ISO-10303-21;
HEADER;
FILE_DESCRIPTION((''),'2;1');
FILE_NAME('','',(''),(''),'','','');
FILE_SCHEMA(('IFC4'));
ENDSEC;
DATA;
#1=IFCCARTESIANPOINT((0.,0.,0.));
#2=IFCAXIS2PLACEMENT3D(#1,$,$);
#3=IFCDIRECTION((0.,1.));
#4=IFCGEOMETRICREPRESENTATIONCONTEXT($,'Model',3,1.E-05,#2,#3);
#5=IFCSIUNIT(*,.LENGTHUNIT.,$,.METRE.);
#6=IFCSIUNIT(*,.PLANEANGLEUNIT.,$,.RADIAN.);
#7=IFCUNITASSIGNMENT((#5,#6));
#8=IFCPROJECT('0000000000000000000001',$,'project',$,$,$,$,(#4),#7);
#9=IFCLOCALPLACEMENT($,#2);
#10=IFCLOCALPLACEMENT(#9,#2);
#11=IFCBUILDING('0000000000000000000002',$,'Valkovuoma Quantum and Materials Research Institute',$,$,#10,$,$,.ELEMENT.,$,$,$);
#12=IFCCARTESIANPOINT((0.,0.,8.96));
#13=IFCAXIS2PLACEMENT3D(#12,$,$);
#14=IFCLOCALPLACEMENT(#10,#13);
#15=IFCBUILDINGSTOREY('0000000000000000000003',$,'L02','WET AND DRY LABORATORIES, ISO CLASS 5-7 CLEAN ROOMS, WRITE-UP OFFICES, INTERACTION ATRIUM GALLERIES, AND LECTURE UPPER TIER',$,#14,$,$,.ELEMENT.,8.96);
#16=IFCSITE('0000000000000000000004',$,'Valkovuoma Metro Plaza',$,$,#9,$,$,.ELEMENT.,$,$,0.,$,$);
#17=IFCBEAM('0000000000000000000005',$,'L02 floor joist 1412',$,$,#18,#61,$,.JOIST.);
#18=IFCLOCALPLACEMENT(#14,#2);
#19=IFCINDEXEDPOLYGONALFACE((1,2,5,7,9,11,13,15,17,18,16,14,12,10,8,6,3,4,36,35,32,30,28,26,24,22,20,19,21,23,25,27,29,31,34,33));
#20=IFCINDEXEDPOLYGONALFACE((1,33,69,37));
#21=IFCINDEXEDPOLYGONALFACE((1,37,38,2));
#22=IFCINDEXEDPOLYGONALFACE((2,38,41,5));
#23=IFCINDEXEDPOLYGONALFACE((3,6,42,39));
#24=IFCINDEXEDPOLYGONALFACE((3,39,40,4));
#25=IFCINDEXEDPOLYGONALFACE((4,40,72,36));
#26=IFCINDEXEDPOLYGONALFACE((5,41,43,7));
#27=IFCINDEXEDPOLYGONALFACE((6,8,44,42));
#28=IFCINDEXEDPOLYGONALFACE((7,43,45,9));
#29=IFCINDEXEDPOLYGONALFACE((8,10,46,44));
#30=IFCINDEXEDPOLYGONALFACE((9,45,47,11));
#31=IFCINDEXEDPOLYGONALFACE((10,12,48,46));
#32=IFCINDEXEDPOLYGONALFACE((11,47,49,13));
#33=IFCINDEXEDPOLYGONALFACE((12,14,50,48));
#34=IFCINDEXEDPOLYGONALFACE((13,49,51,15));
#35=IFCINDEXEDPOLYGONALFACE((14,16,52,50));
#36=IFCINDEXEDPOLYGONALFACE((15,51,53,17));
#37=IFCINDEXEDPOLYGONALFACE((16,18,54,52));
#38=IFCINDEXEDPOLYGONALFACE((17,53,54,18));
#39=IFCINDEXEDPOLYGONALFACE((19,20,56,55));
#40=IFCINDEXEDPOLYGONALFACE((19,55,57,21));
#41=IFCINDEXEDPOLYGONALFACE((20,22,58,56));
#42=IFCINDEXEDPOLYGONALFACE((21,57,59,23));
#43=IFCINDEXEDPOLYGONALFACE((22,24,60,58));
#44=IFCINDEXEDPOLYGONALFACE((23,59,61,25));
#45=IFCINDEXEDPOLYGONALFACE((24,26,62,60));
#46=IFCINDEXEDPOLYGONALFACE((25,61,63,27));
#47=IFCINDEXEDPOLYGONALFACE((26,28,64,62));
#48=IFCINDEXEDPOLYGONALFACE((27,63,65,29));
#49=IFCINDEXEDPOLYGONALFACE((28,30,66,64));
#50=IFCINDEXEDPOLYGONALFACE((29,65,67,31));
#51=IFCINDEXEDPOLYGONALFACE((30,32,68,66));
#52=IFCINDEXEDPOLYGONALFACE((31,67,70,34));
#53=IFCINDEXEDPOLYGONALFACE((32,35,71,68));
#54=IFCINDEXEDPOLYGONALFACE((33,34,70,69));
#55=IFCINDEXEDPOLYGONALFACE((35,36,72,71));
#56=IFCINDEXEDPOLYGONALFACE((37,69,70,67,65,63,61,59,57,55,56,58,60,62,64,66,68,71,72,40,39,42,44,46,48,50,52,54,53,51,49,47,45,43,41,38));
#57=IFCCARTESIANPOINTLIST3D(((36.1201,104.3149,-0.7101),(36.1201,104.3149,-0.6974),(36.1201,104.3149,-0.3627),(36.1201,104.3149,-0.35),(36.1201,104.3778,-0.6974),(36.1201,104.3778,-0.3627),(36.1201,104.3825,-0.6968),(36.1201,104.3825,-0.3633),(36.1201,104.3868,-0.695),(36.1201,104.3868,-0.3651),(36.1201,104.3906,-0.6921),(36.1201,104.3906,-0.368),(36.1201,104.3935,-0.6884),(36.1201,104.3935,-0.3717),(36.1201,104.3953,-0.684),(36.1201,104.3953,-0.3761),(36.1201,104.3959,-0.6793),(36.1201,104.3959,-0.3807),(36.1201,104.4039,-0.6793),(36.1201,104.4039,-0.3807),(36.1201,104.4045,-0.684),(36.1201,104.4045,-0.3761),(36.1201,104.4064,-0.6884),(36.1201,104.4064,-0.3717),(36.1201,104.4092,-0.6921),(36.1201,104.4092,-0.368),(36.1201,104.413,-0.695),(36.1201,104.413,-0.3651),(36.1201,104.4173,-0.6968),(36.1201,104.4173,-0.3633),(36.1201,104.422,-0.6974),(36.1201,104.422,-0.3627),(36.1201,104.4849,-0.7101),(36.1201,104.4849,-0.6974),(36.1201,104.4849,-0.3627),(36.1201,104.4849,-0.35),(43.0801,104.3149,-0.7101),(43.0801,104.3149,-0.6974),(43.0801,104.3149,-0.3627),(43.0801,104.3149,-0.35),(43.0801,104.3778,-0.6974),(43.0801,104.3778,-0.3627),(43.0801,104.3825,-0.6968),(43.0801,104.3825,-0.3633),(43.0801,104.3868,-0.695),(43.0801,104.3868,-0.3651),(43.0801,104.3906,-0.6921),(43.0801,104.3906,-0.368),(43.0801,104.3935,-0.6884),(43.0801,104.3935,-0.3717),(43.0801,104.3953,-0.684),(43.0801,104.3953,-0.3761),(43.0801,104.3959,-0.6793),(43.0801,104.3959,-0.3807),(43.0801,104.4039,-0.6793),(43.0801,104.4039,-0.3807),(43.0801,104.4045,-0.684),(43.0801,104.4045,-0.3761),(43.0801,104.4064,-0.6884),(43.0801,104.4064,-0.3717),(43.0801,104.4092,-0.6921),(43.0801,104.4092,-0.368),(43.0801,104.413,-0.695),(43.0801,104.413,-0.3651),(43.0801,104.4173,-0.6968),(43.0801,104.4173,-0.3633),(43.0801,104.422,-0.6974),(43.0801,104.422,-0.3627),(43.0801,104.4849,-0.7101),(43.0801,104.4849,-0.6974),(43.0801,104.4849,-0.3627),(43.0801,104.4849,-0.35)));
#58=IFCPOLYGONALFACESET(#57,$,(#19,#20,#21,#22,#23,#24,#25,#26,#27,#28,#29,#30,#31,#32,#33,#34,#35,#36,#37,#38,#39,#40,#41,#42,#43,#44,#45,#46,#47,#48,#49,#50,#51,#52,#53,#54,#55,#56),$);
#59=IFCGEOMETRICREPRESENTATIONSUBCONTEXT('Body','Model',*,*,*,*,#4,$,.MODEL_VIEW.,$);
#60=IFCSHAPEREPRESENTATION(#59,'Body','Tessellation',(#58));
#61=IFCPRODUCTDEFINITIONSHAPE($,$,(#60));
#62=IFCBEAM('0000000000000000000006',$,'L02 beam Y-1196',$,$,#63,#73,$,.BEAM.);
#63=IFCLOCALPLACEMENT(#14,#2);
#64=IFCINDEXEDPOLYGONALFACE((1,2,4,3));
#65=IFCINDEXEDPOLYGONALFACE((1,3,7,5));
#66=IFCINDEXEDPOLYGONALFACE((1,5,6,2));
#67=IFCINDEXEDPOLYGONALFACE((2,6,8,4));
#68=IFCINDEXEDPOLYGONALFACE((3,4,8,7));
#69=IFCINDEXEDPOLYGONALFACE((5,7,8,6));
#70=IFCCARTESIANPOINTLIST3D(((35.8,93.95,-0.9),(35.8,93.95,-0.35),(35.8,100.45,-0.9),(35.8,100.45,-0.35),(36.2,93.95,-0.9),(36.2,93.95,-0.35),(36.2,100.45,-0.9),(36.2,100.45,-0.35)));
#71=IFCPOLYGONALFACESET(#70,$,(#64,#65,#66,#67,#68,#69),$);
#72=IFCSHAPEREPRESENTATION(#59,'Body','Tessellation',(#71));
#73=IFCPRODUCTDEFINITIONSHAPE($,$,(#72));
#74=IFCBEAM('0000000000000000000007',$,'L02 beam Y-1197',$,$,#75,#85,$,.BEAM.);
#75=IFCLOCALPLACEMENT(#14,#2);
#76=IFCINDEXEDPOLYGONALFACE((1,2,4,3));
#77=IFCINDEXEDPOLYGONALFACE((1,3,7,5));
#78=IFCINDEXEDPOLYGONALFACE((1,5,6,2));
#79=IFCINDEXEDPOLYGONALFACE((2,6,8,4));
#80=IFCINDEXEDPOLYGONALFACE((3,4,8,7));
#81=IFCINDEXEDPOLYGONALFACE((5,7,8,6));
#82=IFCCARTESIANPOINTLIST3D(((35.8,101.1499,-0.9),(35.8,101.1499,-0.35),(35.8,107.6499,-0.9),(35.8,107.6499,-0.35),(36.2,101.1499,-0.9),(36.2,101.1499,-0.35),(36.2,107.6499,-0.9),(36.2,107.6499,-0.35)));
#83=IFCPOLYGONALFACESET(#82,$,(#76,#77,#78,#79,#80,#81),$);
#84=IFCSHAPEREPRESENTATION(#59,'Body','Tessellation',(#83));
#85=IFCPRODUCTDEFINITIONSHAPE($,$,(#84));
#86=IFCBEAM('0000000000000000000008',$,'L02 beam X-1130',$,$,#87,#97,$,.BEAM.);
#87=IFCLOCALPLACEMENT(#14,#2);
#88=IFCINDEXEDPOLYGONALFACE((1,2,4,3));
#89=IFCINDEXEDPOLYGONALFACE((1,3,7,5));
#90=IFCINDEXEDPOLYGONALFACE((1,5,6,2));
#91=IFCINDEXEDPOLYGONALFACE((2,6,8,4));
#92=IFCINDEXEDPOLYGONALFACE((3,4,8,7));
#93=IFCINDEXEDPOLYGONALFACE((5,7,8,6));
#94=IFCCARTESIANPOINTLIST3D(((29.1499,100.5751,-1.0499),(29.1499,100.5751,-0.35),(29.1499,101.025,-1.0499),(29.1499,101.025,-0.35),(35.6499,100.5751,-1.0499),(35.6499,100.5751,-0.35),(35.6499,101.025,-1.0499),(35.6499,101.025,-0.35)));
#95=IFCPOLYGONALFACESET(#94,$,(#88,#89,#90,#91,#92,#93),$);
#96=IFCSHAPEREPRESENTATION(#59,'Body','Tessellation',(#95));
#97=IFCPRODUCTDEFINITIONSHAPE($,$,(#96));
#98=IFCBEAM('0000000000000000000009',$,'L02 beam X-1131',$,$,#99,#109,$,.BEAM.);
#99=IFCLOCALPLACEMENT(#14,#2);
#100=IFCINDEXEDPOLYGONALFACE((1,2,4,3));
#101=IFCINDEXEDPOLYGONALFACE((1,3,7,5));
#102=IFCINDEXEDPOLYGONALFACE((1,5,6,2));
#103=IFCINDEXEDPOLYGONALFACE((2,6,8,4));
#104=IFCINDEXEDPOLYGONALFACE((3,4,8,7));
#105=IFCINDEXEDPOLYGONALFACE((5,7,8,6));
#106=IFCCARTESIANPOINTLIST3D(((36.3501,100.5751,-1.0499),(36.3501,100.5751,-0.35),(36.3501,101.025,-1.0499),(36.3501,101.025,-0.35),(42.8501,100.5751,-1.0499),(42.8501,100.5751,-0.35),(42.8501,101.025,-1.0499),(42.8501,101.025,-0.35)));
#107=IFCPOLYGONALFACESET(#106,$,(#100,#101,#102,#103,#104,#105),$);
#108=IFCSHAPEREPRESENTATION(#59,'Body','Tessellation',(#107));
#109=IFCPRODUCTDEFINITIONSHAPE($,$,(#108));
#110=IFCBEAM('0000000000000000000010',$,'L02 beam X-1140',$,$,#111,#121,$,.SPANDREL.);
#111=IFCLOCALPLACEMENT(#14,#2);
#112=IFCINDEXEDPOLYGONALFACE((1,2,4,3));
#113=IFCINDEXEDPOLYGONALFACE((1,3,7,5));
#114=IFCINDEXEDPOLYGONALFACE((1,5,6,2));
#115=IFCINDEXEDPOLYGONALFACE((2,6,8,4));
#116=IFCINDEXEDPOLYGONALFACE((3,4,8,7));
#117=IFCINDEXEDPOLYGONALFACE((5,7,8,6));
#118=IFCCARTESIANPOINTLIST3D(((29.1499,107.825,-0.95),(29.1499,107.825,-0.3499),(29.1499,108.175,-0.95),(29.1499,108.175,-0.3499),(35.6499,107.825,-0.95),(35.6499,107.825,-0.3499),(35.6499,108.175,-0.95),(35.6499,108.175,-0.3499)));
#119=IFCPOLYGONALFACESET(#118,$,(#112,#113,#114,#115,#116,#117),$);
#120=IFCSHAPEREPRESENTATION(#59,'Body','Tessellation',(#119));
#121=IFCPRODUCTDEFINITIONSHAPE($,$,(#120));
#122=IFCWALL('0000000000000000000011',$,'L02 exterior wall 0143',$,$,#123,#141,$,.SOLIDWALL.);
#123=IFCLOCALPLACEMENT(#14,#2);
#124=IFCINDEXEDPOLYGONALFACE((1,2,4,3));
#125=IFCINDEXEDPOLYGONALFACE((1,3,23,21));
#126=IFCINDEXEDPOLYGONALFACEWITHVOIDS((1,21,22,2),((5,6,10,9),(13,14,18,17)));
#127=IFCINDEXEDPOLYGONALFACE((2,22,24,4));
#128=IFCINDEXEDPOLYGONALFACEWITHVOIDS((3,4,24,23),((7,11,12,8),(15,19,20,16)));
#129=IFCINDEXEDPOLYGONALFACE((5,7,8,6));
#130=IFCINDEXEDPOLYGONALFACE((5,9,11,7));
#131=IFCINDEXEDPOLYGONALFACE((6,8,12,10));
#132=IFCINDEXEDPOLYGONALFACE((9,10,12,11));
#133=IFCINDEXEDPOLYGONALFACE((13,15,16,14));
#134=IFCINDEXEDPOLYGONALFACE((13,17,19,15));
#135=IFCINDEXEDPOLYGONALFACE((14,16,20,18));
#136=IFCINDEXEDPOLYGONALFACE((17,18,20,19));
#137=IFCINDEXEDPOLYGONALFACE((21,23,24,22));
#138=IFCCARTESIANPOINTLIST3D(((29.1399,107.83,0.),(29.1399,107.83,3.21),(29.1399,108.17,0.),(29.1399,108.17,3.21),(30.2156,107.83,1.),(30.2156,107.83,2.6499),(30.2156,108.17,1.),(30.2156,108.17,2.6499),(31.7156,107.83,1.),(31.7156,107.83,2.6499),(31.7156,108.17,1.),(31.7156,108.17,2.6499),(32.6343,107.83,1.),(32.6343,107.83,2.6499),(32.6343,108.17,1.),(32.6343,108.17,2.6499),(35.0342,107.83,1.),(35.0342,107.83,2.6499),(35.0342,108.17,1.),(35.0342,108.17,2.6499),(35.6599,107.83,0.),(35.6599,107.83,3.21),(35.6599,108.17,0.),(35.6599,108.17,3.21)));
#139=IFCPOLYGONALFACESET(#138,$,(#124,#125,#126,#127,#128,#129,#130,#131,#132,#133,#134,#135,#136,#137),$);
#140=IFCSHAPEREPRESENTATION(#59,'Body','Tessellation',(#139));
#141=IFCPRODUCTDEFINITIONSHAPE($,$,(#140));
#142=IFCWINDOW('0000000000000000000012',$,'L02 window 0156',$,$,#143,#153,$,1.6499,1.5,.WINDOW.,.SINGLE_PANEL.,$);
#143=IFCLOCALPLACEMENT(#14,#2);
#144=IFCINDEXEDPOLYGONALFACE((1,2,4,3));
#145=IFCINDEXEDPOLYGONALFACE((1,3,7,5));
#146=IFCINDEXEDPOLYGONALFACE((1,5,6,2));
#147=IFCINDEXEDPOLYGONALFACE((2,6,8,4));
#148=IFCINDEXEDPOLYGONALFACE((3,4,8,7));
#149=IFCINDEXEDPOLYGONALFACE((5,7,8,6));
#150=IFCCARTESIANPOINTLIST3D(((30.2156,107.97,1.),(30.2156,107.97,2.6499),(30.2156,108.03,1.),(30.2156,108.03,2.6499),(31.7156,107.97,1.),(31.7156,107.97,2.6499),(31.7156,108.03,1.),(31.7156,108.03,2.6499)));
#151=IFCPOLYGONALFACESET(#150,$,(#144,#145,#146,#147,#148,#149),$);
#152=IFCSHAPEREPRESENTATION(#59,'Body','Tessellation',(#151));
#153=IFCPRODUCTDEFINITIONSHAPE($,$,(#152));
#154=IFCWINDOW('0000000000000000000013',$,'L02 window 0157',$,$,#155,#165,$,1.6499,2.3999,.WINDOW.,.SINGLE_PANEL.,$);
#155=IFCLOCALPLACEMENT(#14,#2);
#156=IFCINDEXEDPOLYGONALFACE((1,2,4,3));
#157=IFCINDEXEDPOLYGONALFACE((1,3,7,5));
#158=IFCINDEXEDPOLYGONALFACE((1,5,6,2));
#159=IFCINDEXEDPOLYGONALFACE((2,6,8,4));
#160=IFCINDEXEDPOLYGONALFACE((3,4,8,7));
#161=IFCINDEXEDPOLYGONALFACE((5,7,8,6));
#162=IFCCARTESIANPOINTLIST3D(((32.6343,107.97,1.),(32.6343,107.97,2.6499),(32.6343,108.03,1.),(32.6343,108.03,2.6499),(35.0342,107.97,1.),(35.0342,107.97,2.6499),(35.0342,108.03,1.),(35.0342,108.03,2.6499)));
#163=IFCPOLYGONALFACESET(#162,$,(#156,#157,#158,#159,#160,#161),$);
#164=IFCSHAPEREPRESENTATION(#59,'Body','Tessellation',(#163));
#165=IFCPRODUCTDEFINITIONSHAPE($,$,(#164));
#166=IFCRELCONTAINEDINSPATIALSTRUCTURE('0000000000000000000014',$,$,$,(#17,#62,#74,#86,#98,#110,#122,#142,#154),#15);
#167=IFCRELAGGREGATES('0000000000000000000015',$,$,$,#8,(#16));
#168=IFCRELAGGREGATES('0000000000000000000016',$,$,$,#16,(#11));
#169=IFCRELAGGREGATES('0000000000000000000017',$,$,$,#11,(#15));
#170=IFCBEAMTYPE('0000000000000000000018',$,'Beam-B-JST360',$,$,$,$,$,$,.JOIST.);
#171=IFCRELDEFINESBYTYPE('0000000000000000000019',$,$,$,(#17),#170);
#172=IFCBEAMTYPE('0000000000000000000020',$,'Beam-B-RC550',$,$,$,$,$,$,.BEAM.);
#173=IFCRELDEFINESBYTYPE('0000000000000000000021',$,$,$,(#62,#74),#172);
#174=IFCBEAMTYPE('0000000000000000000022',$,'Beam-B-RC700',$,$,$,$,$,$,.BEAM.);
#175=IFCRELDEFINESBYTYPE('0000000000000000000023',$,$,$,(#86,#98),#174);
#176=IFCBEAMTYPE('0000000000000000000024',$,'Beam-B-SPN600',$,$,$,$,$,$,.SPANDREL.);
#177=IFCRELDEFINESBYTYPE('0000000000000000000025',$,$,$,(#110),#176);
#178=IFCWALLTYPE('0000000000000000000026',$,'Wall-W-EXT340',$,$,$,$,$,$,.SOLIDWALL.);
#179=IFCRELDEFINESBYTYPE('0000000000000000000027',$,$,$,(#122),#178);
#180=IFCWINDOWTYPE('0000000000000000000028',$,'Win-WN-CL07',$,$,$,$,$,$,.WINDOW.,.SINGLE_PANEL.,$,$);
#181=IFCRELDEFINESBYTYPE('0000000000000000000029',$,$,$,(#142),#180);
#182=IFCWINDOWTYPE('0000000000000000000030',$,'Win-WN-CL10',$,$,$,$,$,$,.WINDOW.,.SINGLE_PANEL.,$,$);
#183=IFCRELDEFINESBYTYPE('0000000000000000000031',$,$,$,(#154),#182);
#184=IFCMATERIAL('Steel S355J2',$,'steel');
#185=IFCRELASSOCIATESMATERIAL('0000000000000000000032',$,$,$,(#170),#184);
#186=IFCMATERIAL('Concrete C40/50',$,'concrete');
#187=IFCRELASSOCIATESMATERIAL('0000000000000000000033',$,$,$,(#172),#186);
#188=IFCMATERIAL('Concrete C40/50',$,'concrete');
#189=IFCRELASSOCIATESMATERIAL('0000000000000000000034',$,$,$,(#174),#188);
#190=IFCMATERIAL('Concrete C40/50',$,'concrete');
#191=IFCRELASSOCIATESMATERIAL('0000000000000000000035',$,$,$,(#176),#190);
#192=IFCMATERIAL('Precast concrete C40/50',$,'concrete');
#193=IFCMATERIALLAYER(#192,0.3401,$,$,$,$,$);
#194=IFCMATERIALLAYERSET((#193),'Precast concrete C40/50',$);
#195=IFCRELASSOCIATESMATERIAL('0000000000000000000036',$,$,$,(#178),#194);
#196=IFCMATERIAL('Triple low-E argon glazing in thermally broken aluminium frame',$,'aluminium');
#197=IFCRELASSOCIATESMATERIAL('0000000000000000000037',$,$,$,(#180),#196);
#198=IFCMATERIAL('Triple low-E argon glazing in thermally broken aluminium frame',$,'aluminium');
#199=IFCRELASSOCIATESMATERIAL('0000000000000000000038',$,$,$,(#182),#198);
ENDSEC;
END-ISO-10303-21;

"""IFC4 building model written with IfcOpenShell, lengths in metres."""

from ifc_helpers import new_model, si_unit, direction, frame, frame_2d, origin, origin_2d, place, context, subcontext, project, spatial, rectangle, i_section, extrude, material, layer, layer_set, material_profile, profile_set, type_object, element, fill, save


model = new_model("IFC4")

# Units and contexts
model_context = context("Model", 3, precision=1e-05, world=origin(), true_north=direction((0.0, 1.0)))
body_context = subcontext(model_context, "Body", "Model", "MODEL_VIEW")
ifc_project = project(units=[si_unit("LENGTHUNIT", "METRE"), si_unit("PLANEANGLEUNIT", "RADIAN")], contexts=[model_context])

# Site, building, storey
site_placement = place(None, origin())
site = spatial("IfcSite", under=ifc_project, at=site_placement, Name="Valkovuoma Metro Plaza", CompositionType="ELEMENT", RefElevation=0.0)
building_placement = place(site_placement, origin())
building = spatial("IfcBuilding", under=site, at=building_placement, Name="Valkovuoma Quantum and Materials Research Institute", CompositionType="ELEMENT")
storey_placement = place(building_placement, frame((0.0, 0.0, 8.96)))
storey = spatial("IfcBuildingStorey", under=building, at=storey_placement, Name="L02", Description="WET AND DRY LABORATORIES, ISO CLASS 5-7 CLEAN ROOMS, WRITE-UP OFFICES, INTERACTION ATRIUM GALLERIES, AND LECTURE UPPER TIER", CompositionType="ELEMENT", Elevation=8.96)

# Beams
ifc_material_1 = material(Name="Steel S355J2", Category="steel")
ifc_material_profile_1 = material_profile(ifc_material_1, i_section(OverallWidth=0.1699, OverallDepth=0.3601, WebThickness=0.0081, FlangeThickness=0.0127, FilletRadius=0.0181, at=origin_2d()), Name="Steel S355J2")
ifc_profile_set_1 = profile_set([ifc_material_profile_1], Name="Steel S355J2")
beam_type_1 = type_object("IfcBeamType", Name="Beam-B-JST360", PredefinedType="JOIST", material=ifc_profile_set_1)
for number, where, z_axis, x_axis, name in (
    (1, (36.1201, 104.3999, -0.53), (1.0, 0.0, 0.0), (0.0, 1.0, 0.0), "L02 floor joist 1412"),
):
    element("IfcBeam", number, at=place(storey_placement, frame(where, z_axis=z_axis, x_axis=x_axis)), inside=storey, type_object=beam_type_1, Name=name, PredefinedType="JOIST", context=body_context, shape_type="SweptSolid", body=[
        extrude(i_section(OverallWidth=0.1699, OverallDepth=0.3601, WebThickness=0.0081, FlangeThickness=0.0127, FilletRadius=0.0181, at=origin_2d()), origin(), (0.0, 0.0, 1.0), 6.96),
    ])
ifc_material_2 = material(Name="Concrete C40/50", Category="concrete")
ifc_material_profile_2 = material_profile(ifc_material_2, rectangle(XDim=0.3999, YDim=0.55, at=origin_2d()), Name="Concrete C40/50")
ifc_profile_set_2 = profile_set([ifc_material_profile_2], Name="Concrete C40/50")
beam_type_2 = type_object("IfcBeamType", Name="Beam-B-RC550", PredefinedType="BEAM", material=ifc_profile_set_2)
for number, where, z_axis, x_axis, name in (
    (2, (36.0, 93.95, -0.625), (0.0, 1.0, 0.0), (-1.0, 0.0, 0.0), "L02 beam Y-1196"),
    (3, (36.0, 101.1499, -0.625), (0.0, 1.0, 0.0), (-1.0, 0.0, 0.0), "L02 beam Y-1197"),
):
    element("IfcBeam", number, at=place(storey_placement, frame(where, z_axis=z_axis, x_axis=x_axis)), inside=storey, type_object=beam_type_2, Name=name, PredefinedType="BEAM", context=body_context, shape_type="SweptSolid", body=[
        extrude(rectangle(XDim=0.3999, YDim=0.55, at=origin_2d()), origin(), (0.0, 0.0, 1.0), 6.5),
    ])
ifc_material_3 = material(Name="Concrete C40/50", Category="concrete")
ifc_material_profile_3 = material_profile(ifc_material_3, rectangle(XDim=0.45, YDim=0.7, at=origin_2d()), Name="Concrete C40/50")
ifc_profile_set_3 = profile_set([ifc_material_profile_3], Name="Concrete C40/50")
beam_type_3 = type_object("IfcBeamType", Name="Beam-B-RC700", PredefinedType="BEAM", material=ifc_profile_set_3)
for number, where, z_axis, x_axis, name in (
    (4, (29.1499, 100.8, -0.7), (1.0, 0.0, 0.0), (0.0, 1.0, 0.0), "L02 beam X-1130"),
    (5, (36.3501, 100.8, -0.7), (1.0, 0.0, 0.0), (0.0, 1.0, 0.0), "L02 beam X-1131"),
):
    element("IfcBeam", number, at=place(storey_placement, frame(where, z_axis=z_axis, x_axis=x_axis)), inside=storey, type_object=beam_type_3, Name=name, PredefinedType="BEAM", context=body_context, shape_type="SweptSolid", body=[
        extrude(rectangle(XDim=0.45, YDim=0.7, at=origin_2d()), origin(), (0.0, 0.0, 1.0), 6.5),
    ])
ifc_material_4 = material(Name="Concrete C40/50", Category="concrete")
ifc_material_profile_4 = material_profile(ifc_material_4, rectangle(XDim=0.3501, YDim=0.6001, at=origin_2d()), Name="Concrete C40/50")
ifc_profile_set_4 = profile_set([ifc_material_profile_4], Name="Concrete C40/50")
beam_type_4 = type_object("IfcBeamType", Name="Beam-B-SPN600", PredefinedType="SPANDREL", material=ifc_profile_set_4)
beam_placement = place(storey_placement, frame((29.1499, 108.0, -0.6499), z_axis=(1.0, 0.0, 0.0), x_axis=(0.0, 1.0, 0.0)))
element("IfcBeam", 6, at=beam_placement, inside=storey, type_object=beam_type_4, Name="L02 beam X-1140", PredefinedType="SPANDREL", context=body_context, shape_type="SweptSolid", body=[
    extrude(rectangle(XDim=0.3501, YDim=0.6001, at=origin_2d()), origin(), (0.0, 0.0, 1.0), 6.5),
])

# Wall, openings, windows
ifc_material_5 = material(Name="Precast concrete C40/50", Category="concrete")
ifc_layer_1 = layer(ifc_material_5, 0.3401)
ifc_layer_set_1 = layer_set([ifc_layer_1], Name="Precast concrete C40/50")
wall_type = type_object("IfcWallType", Name="Wall-W-EXT340", PredefinedType="SOLIDWALL", material=ifc_layer_set_1)
wall_1_placement = place(storey_placement, frame((29.1399, 108.0, 0.0), z_axis=(0.0, 0.0, 1.0), x_axis=(1.0, 0.0, 0.0)))
wall_1 = element("IfcWall", 7, at=wall_1_placement, inside=storey, type_object=wall_type, Name="L02 exterior wall 0143", PredefinedType="SOLIDWALL", context=body_context, shape_type="SweptSolid", body=[
    extrude(rectangle(XDim=6.52, YDim=0.3401, at=frame_2d((3.26, 0.0))), origin(), (0.0, 0.0, 1.0), 3.21),
])
opening_1_placement = place(wall_1_placement, frame((1.0757, 0.0, 1.0)))
opening_1 = element("IfcOpeningElement", 8, at=opening_1_placement, cuts=wall_1, PredefinedType="OPENING", context=body_context, shape_type="SweptSolid", body=[
    extrude(rectangle(XDim=1.5, YDim=1.6499, at=frame_2d((0.75, 0.825))), frame((0.0, 0.1802, 0.0), z_axis=(0.0, -1.0, 0.0), x_axis=(1.0, 0.0, 0.0)), (0.0, 0.0, 1.0), 0.3601),
])
opening_2_placement = place(wall_1_placement, frame((3.4944, 0.0, 1.0)))
opening_2 = element("IfcOpeningElement", 9, at=opening_2_placement, cuts=wall_1, PredefinedType="OPENING", context=body_context, shape_type="SweptSolid", body=[
    extrude(rectangle(XDim=2.3999, YDim=1.6499, at=frame_2d((1.2, 0.825))), frame((0.0, 0.1802, 0.0), z_axis=(0.0, -1.0, 0.0), x_axis=(1.0, 0.0, 0.0)), (0.0, 0.0, 1.0), 0.3601),
])
ifc_material_6 = material(Name="Triple low-E argon glazing in thermally broken aluminium frame", Category="aluminium")
window_type_1 = type_object("IfcWindowType", Name="Win-WN-CL07", PartitioningType="SINGLE_PANEL", PredefinedType="WINDOW", material=ifc_material_6)
window_1_placement = place(opening_1_placement, origin())
window_1 = element("IfcWindow", 10, at=window_1_placement, inside=storey, type_object=window_type_1, Name="L02 window 0156", OverallHeight=1.6499, OverallWidth=1.5, PartitioningType="SINGLE_PANEL", PredefinedType="WINDOW", context=body_context, shape_type="SweptSolid", body=[
    extrude(rectangle(XDim=1.5, YDim=1.6499, at=frame_2d((0.75, 0.825))), frame((0.0, 0.03, 0.0), z_axis=(0.0, -1.0, 0.0), x_axis=(1.0, 0.0, 0.0)), (0.0, 0.0, 1.0), 0.0601),
])
fill(opening_1, window_1)
ifc_material_7 = material(Name="Triple low-E argon glazing in thermally broken aluminium frame", Category="aluminium")
window_type_2 = type_object("IfcWindowType", Name="Win-WN-CL10", PartitioningType="SINGLE_PANEL", PredefinedType="WINDOW", material=ifc_material_7)
window_2_placement = place(opening_2_placement, origin())
window_2 = element("IfcWindow", 11, at=window_2_placement, inside=storey, type_object=window_type_2, Name="L02 window 0157", OverallHeight=1.6499, OverallWidth=2.3999, PartitioningType="SINGLE_PANEL", PredefinedType="WINDOW", context=body_context, shape_type="SweptSolid", body=[
    extrude(rectangle(XDim=2.3999, YDim=1.6499, at=frame_2d((1.2, 0.825))), frame((0.0, 0.03, 0.0), z_axis=(0.0, -1.0, 0.0), x_axis=(1.0, 0.0, 0.0)), (0.0, 0.0, 1.0), 0.0601),
])
fill(opening_2, window_2)

save(model, "model.ifc")
